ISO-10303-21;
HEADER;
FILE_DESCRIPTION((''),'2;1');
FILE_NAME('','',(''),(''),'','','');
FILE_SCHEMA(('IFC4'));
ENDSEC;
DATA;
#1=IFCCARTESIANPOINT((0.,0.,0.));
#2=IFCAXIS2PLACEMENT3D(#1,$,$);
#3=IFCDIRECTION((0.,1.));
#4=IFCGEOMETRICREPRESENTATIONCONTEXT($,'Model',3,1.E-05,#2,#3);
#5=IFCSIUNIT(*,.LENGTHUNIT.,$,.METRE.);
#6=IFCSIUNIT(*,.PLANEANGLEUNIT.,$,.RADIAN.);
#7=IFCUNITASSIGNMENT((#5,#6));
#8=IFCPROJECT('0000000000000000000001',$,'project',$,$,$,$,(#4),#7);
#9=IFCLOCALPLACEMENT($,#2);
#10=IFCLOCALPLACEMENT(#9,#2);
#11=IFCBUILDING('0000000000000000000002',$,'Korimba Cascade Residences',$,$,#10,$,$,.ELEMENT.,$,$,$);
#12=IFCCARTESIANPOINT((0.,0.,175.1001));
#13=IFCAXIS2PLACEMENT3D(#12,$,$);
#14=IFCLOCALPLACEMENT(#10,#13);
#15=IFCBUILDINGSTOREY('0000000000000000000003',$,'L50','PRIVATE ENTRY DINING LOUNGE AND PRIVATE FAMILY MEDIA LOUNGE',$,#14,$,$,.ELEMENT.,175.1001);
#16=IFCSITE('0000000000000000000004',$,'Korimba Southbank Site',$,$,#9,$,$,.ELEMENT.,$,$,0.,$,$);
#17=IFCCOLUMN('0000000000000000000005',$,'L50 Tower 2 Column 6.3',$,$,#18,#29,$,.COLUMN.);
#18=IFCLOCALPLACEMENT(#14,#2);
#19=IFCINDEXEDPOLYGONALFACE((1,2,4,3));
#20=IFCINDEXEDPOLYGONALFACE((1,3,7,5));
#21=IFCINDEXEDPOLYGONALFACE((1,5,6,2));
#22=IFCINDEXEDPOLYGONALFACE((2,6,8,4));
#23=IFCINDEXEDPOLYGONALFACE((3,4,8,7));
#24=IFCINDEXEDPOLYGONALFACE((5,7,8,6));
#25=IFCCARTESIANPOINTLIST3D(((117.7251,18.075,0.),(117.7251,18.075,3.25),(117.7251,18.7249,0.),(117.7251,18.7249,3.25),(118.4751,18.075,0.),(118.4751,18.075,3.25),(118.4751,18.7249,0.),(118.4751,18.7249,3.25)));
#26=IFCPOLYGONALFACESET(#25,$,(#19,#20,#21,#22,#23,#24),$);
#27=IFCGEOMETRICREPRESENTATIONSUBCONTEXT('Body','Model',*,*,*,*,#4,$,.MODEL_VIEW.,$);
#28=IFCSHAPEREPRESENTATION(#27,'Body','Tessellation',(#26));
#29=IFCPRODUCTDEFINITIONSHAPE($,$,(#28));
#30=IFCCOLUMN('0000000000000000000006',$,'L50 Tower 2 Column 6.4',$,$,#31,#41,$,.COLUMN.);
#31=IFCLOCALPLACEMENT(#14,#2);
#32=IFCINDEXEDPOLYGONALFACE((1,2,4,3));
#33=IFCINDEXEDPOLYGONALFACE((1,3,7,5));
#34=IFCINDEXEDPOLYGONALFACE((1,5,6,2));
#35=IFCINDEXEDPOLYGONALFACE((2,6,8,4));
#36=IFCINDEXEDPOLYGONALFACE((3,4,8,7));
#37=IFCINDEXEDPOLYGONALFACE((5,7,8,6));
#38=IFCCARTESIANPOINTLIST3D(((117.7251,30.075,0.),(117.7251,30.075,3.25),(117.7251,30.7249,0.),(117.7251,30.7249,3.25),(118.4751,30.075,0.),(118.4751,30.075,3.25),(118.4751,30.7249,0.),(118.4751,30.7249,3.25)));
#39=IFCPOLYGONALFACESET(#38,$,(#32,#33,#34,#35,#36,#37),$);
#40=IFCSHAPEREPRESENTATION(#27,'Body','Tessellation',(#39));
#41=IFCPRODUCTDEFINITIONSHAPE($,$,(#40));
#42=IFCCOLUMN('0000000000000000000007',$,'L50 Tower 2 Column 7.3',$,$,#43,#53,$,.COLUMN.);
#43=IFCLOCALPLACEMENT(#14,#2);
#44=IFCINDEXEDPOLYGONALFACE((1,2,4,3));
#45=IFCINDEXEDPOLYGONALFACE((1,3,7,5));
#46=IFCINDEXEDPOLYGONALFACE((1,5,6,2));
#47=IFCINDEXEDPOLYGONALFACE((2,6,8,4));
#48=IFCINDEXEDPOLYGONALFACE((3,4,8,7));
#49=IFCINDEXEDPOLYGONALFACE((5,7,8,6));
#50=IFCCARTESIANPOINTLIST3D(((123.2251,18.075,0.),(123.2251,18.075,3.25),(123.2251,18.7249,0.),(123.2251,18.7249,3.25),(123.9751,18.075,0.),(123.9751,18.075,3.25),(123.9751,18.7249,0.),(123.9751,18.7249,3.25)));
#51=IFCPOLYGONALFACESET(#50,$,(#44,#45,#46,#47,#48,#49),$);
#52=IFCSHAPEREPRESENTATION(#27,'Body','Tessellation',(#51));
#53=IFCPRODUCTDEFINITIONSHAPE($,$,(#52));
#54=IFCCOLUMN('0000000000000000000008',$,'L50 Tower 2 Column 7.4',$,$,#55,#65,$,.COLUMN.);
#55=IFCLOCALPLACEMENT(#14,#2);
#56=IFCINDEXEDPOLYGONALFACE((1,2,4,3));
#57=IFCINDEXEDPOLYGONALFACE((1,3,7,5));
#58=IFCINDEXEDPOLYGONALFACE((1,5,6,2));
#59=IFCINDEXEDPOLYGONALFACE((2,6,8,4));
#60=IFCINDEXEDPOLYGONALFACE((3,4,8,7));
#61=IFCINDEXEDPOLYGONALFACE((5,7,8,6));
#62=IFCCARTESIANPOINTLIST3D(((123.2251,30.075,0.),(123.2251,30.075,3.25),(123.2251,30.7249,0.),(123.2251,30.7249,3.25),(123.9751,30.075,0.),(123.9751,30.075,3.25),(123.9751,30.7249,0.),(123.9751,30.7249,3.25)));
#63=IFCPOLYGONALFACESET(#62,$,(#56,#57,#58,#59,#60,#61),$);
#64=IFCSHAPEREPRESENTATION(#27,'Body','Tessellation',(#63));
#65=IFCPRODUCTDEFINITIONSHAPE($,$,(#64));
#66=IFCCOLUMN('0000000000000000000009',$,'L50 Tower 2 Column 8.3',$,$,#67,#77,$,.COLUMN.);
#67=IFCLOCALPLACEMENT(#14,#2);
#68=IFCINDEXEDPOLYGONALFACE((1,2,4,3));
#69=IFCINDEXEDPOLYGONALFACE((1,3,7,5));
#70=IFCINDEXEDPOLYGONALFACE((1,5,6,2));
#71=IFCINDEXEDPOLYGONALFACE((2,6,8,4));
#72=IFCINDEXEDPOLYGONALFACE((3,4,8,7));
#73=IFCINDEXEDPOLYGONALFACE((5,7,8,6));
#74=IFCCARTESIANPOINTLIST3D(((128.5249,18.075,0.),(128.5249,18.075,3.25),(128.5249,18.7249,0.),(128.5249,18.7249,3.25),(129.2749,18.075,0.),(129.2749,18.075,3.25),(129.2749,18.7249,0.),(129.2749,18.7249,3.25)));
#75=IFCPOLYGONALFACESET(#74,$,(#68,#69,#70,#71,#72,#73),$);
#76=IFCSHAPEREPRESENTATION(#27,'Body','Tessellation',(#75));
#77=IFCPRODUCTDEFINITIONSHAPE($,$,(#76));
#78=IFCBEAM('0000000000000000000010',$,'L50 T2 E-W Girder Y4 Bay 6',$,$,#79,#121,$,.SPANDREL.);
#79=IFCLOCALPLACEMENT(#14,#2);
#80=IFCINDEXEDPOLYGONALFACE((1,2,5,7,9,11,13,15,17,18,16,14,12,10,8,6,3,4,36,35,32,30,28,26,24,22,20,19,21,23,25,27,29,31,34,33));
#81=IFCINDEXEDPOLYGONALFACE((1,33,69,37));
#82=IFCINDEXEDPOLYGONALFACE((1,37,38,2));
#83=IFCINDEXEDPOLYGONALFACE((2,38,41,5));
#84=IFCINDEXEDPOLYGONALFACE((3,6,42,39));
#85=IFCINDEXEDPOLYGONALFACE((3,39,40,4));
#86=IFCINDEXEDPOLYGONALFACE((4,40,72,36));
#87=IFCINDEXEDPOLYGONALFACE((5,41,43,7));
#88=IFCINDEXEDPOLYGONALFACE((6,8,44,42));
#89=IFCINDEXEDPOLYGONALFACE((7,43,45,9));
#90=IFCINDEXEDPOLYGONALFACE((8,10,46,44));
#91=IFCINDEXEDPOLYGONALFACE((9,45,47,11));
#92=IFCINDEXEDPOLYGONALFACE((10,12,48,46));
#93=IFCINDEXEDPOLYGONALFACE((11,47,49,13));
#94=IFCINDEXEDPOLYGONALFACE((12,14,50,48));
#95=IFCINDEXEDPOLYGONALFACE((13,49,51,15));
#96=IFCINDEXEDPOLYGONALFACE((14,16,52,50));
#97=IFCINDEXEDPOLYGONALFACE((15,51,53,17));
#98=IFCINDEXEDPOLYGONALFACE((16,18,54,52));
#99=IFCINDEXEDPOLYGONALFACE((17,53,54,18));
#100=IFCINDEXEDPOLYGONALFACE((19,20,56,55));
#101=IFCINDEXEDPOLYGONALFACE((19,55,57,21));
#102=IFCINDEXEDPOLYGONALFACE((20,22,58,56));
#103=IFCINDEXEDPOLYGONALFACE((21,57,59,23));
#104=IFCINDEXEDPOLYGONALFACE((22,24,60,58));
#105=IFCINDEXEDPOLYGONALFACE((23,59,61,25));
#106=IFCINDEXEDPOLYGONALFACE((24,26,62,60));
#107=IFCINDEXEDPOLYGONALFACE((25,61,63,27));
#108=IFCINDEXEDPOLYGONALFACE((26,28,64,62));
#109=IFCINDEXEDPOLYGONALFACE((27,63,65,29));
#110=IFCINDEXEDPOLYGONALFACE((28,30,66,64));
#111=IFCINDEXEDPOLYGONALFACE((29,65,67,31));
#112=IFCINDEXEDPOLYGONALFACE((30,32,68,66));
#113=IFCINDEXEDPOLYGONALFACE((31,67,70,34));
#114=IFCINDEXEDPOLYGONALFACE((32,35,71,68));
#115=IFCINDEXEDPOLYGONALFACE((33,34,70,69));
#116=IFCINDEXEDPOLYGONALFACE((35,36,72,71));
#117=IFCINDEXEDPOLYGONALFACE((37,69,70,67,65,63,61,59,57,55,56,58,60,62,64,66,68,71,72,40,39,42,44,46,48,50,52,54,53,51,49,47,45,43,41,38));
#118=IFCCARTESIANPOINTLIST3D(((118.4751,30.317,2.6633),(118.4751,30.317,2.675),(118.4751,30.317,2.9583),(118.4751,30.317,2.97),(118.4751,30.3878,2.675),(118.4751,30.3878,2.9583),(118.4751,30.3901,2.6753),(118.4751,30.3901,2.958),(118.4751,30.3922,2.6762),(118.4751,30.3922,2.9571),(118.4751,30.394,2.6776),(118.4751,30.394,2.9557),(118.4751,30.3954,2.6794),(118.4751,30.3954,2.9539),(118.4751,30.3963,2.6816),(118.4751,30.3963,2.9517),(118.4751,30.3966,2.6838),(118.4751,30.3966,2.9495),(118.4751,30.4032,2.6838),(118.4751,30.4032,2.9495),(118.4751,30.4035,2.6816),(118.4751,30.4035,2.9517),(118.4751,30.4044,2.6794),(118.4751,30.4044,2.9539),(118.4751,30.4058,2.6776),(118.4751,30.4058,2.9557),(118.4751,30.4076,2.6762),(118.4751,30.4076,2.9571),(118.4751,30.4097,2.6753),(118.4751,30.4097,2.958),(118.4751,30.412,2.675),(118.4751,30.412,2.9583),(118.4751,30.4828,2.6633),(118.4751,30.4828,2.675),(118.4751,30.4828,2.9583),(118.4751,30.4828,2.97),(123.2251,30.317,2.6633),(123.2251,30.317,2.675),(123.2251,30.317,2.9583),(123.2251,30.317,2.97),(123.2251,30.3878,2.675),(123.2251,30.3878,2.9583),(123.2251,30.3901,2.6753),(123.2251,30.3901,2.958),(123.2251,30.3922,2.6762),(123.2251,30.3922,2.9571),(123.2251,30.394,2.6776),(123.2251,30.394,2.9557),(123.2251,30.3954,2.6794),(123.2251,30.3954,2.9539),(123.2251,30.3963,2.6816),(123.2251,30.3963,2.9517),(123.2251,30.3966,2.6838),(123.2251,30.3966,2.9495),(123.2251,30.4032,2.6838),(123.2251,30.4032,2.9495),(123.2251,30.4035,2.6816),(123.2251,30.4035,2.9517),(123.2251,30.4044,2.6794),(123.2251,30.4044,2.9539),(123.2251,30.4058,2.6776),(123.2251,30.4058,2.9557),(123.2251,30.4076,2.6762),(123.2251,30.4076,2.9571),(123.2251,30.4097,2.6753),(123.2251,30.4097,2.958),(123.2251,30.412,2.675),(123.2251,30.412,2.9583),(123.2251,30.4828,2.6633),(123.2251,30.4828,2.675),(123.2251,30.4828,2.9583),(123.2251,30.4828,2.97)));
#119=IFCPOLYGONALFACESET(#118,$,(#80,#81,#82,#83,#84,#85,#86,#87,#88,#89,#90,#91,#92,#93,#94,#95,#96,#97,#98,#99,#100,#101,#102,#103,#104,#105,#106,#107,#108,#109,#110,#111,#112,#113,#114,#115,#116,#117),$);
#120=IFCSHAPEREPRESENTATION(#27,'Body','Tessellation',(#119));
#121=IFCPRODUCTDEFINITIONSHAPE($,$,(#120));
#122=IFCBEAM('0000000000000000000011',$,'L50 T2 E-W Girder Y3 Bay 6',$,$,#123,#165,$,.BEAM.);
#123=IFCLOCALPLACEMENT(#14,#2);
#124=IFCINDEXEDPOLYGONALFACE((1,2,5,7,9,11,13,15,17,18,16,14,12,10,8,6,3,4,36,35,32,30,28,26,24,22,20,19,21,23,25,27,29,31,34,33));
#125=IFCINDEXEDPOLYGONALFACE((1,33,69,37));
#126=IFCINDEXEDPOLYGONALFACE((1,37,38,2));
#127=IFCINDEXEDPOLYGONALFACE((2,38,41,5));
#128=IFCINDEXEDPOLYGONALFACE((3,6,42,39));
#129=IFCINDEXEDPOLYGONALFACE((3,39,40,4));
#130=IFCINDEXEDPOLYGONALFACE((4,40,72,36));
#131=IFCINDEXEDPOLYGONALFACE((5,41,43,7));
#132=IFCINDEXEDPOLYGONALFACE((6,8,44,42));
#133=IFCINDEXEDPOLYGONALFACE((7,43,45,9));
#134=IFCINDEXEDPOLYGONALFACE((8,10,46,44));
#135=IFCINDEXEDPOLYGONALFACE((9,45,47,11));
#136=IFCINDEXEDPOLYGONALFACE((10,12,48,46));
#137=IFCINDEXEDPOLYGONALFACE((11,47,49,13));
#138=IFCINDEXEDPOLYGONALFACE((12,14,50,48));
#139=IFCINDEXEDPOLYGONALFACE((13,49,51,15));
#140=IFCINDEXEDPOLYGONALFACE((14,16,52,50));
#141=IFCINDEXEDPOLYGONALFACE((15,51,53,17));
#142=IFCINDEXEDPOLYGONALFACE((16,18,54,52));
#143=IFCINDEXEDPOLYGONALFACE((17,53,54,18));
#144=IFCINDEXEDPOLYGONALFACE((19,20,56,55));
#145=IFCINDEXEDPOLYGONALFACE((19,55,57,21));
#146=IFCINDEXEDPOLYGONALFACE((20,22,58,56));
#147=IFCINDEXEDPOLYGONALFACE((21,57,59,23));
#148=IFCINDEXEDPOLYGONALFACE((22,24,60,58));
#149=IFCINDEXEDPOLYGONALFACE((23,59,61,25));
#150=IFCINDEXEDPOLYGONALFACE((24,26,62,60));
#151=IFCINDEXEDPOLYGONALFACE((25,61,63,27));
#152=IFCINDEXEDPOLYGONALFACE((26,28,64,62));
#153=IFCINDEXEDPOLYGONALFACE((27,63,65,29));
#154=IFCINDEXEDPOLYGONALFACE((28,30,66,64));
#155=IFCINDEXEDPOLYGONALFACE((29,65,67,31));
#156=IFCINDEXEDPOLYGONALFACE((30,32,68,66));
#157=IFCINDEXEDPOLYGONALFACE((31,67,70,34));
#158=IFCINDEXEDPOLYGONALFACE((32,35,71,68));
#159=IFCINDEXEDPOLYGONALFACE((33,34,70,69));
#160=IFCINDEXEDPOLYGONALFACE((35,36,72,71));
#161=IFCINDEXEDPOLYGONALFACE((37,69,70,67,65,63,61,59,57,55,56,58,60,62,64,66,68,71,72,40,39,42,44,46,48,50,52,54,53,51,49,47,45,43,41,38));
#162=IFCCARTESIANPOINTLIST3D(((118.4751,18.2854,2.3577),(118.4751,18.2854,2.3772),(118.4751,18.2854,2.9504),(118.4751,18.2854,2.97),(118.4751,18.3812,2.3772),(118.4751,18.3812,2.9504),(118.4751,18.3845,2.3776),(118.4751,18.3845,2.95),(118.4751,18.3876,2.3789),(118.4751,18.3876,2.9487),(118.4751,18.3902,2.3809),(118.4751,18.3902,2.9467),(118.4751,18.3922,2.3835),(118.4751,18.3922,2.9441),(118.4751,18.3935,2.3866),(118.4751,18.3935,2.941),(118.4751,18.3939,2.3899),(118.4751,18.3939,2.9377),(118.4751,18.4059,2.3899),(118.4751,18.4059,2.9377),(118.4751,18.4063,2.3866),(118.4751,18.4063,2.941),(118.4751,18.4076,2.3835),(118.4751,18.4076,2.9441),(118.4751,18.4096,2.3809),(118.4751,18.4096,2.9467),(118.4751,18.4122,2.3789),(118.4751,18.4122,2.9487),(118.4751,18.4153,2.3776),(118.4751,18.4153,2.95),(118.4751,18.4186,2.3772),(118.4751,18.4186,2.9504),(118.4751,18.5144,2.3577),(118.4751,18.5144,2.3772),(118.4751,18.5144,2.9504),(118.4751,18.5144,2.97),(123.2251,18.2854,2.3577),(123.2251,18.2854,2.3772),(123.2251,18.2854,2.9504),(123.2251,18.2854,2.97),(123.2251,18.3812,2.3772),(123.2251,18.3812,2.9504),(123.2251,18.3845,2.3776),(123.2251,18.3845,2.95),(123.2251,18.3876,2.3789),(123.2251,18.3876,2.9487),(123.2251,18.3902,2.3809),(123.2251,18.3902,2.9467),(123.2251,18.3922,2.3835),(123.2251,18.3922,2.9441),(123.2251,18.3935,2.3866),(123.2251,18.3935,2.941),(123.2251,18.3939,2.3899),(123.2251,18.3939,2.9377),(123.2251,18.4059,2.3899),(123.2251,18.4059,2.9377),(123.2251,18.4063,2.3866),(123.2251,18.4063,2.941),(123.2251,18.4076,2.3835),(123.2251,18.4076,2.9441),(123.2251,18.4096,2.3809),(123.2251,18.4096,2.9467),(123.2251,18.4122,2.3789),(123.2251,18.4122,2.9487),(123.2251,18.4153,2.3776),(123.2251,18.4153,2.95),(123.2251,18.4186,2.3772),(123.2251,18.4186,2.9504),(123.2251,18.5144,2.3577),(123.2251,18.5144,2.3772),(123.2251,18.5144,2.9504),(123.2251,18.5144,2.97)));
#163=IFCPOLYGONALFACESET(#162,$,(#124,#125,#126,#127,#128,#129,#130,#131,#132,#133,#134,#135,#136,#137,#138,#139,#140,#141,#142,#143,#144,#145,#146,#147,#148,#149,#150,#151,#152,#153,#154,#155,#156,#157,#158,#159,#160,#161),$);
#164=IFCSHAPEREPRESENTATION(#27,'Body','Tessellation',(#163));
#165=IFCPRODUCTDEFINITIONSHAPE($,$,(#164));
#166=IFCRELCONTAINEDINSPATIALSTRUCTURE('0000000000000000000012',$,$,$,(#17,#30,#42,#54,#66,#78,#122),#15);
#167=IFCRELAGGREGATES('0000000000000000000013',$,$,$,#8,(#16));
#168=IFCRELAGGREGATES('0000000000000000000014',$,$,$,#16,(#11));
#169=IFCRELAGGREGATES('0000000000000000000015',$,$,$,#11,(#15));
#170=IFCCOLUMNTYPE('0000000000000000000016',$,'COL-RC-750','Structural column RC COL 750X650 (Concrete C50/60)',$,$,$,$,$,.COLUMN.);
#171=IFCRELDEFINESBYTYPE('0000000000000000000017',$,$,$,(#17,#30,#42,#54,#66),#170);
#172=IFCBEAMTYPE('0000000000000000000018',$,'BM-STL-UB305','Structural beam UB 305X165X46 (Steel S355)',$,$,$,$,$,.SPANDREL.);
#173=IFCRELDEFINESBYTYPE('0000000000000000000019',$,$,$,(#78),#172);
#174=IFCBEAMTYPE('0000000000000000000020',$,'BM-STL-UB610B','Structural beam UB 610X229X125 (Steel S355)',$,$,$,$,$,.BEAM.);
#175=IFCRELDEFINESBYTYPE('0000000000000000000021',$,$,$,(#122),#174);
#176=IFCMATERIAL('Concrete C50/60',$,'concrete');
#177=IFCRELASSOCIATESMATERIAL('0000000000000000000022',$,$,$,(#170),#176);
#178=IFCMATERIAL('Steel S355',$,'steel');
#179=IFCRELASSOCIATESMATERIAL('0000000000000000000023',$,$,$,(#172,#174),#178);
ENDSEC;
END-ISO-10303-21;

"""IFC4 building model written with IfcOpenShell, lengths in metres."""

from ifc_helpers import new_model, si_unit, direction, frame, origin, origin_2d, place, context, subcontext, project, spatial, rectangle, i_section, extrude, material, material_profile, profile_set, type_object, element, save


model = new_model("IFC4")

# Units and contexts
model_context = context("Model", 3, precision=1e-05, world=origin(), true_north=direction((0.0, 1.0)))
body_context = subcontext(model_context, "Body", "Model", "MODEL_VIEW")
ifc_project = project(units=[si_unit("LENGTHUNIT", "METRE"), si_unit("PLANEANGLEUNIT", "RADIAN")], contexts=[model_context])

# Site, building, storey
site_placement = place(None, origin())
site = spatial("IfcSite", under=ifc_project, at=site_placement, Name="Korimba Southbank Site", CompositionType="ELEMENT", RefElevation=0.0)
building_placement = place(site_placement, origin())
building = spatial("IfcBuilding", under=site, at=building_placement, Name="Korimba Cascade Residences", CompositionType="ELEMENT")
storey_placement = place(building_placement, frame((0.0, 0.0, 175.1001)))
storey = spatial("IfcBuildingStorey", under=building, at=storey_placement, Name="L50", Description="PRIVATE ENTRY DINING LOUNGE AND PRIVATE FAMILY MEDIA LOUNGE", CompositionType="ELEMENT", Elevation=175.1001)

# Columns
ifc_material_1 = material(Name="Concrete C50/60", Category="concrete")
ifc_material_profile_1 = material_profile(ifc_material_1, rectangle(XDim=0.75, YDim=0.6499, at=origin_2d()), Name="Concrete C50/60")
ifc_profile_set_1 = profile_set([ifc_material_profile_1], Name="Concrete C50/60")
column_type = type_object("IfcColumnType", Name="COL-RC-750", Description="Structural column RC COL 750X650 (Concrete C50/60)", PredefinedType="COLUMN", material=ifc_profile_set_1)
for number, where, z_axis, x_axis, name in (
    (1, (118.1001, 18.3999, 0.0), (0.0, 0.0, 1.0), (1.0, 0.0, 0.0), "L50 Tower 2 Column 6.3"),
    (2, (118.1001, 30.3999, 0.0), (0.0, 0.0, 1.0), (1.0, 0.0, 0.0), "L50 Tower 2 Column 6.4"),
    (3, (123.6001, 18.3999, 0.0), (0.0, 0.0, 1.0), (1.0, 0.0, 0.0), "L50 Tower 2 Column 7.3"),
    (4, (123.6001, 30.3999, 0.0), (0.0, 0.0, 1.0), (1.0, 0.0, 0.0), "L50 Tower 2 Column 7.4"),
    (5, (128.8999, 18.3999, 0.0), (0.0, 0.0, 1.0), (1.0, 0.0, 0.0), "L50 Tower 2 Column 8.3"),
):
    element("IfcColumn", number, at=place(storey_placement, frame(where, z_axis=z_axis, x_axis=x_axis)), inside=storey, type_object=column_type, Name=name, PredefinedType="COLUMN", context=body_context, shape_type="SweptSolid", body=[
        extrude(rectangle(XDim=0.75, YDim=0.6499, at=origin_2d()), origin(), (0.0, 0.0, 1.0), 3.25),
    ])

# Beams
ifc_material_2 = material(Name="Steel S355", Category="steel")
ifc_material_profile_2 = material_profile(ifc_material_2, i_section(OverallWidth=0.1658, OverallDepth=0.3066, WebThickness=0.0066, FlangeThickness=0.0117, FilletRadius=0.0088, at=origin_2d()), Name="Steel S355")
ifc_profile_set_2 = profile_set([ifc_material_profile_2], Name="Steel S355")
beam_type_1 = type_object("IfcBeamType", Name="BM-STL-UB305", Description="Structural beam UB 305X165X46 (Steel S355)", PredefinedType="SPANDREL", material=ifc_profile_set_2)
beam_1_placement = place(storey_placement, frame((118.4751, 30.3999, 2.8167), z_axis=(1.0, 0.0, 0.0), x_axis=(0.0, 1.0, 0.0)))
element("IfcBeam", 6, at=beam_1_placement, inside=storey, type_object=beam_type_1, Name="L50 T2 E-W Girder Y4 Bay 6", PredefinedType="SPANDREL", context=body_context, shape_type="SweptSolid", body=[
    extrude(i_section(OverallWidth=0.1658, OverallDepth=0.3066, WebThickness=0.0066, FlangeThickness=0.0117, FilletRadius=0.0088, at=origin_2d()), origin(), (0.0, 0.0, 1.0), 4.75),
])
ifc_material_profile_3 = material_profile(ifc_material_2, i_section(OverallWidth=0.229, OverallDepth=0.6123, WebThickness=0.012, FlangeThickness=0.0195, FilletRadius=0.0127, at=origin_2d()), Name="Steel S355")
ifc_profile_set_3 = profile_set([ifc_material_profile_3], Name="Steel S355")
beam_type_2 = type_object("IfcBeamType", Name="BM-STL-UB610B", Description="Structural beam UB 610X229X125 (Steel S355)", PredefinedType="BEAM", material=ifc_profile_set_3)
beam_2_placement = place(storey_placement, frame((118.4751, 18.3999, 2.6638), z_axis=(1.0, 0.0, 0.0), x_axis=(0.0, 1.0, 0.0)))
element("IfcBeam", 7, at=beam_2_placement, inside=storey, type_object=beam_type_2, Name="L50 T2 E-W Girder Y3 Bay 6", PredefinedType="BEAM", context=body_context, shape_type="SweptSolid", body=[
    extrude(i_section(OverallWidth=0.229, OverallDepth=0.6123, WebThickness=0.012, FlangeThickness=0.0195, FilletRadius=0.0127, at=origin_2d()), origin(), (0.0, 0.0, 1.0), 4.75),
])

save(model, "model.ifc")
